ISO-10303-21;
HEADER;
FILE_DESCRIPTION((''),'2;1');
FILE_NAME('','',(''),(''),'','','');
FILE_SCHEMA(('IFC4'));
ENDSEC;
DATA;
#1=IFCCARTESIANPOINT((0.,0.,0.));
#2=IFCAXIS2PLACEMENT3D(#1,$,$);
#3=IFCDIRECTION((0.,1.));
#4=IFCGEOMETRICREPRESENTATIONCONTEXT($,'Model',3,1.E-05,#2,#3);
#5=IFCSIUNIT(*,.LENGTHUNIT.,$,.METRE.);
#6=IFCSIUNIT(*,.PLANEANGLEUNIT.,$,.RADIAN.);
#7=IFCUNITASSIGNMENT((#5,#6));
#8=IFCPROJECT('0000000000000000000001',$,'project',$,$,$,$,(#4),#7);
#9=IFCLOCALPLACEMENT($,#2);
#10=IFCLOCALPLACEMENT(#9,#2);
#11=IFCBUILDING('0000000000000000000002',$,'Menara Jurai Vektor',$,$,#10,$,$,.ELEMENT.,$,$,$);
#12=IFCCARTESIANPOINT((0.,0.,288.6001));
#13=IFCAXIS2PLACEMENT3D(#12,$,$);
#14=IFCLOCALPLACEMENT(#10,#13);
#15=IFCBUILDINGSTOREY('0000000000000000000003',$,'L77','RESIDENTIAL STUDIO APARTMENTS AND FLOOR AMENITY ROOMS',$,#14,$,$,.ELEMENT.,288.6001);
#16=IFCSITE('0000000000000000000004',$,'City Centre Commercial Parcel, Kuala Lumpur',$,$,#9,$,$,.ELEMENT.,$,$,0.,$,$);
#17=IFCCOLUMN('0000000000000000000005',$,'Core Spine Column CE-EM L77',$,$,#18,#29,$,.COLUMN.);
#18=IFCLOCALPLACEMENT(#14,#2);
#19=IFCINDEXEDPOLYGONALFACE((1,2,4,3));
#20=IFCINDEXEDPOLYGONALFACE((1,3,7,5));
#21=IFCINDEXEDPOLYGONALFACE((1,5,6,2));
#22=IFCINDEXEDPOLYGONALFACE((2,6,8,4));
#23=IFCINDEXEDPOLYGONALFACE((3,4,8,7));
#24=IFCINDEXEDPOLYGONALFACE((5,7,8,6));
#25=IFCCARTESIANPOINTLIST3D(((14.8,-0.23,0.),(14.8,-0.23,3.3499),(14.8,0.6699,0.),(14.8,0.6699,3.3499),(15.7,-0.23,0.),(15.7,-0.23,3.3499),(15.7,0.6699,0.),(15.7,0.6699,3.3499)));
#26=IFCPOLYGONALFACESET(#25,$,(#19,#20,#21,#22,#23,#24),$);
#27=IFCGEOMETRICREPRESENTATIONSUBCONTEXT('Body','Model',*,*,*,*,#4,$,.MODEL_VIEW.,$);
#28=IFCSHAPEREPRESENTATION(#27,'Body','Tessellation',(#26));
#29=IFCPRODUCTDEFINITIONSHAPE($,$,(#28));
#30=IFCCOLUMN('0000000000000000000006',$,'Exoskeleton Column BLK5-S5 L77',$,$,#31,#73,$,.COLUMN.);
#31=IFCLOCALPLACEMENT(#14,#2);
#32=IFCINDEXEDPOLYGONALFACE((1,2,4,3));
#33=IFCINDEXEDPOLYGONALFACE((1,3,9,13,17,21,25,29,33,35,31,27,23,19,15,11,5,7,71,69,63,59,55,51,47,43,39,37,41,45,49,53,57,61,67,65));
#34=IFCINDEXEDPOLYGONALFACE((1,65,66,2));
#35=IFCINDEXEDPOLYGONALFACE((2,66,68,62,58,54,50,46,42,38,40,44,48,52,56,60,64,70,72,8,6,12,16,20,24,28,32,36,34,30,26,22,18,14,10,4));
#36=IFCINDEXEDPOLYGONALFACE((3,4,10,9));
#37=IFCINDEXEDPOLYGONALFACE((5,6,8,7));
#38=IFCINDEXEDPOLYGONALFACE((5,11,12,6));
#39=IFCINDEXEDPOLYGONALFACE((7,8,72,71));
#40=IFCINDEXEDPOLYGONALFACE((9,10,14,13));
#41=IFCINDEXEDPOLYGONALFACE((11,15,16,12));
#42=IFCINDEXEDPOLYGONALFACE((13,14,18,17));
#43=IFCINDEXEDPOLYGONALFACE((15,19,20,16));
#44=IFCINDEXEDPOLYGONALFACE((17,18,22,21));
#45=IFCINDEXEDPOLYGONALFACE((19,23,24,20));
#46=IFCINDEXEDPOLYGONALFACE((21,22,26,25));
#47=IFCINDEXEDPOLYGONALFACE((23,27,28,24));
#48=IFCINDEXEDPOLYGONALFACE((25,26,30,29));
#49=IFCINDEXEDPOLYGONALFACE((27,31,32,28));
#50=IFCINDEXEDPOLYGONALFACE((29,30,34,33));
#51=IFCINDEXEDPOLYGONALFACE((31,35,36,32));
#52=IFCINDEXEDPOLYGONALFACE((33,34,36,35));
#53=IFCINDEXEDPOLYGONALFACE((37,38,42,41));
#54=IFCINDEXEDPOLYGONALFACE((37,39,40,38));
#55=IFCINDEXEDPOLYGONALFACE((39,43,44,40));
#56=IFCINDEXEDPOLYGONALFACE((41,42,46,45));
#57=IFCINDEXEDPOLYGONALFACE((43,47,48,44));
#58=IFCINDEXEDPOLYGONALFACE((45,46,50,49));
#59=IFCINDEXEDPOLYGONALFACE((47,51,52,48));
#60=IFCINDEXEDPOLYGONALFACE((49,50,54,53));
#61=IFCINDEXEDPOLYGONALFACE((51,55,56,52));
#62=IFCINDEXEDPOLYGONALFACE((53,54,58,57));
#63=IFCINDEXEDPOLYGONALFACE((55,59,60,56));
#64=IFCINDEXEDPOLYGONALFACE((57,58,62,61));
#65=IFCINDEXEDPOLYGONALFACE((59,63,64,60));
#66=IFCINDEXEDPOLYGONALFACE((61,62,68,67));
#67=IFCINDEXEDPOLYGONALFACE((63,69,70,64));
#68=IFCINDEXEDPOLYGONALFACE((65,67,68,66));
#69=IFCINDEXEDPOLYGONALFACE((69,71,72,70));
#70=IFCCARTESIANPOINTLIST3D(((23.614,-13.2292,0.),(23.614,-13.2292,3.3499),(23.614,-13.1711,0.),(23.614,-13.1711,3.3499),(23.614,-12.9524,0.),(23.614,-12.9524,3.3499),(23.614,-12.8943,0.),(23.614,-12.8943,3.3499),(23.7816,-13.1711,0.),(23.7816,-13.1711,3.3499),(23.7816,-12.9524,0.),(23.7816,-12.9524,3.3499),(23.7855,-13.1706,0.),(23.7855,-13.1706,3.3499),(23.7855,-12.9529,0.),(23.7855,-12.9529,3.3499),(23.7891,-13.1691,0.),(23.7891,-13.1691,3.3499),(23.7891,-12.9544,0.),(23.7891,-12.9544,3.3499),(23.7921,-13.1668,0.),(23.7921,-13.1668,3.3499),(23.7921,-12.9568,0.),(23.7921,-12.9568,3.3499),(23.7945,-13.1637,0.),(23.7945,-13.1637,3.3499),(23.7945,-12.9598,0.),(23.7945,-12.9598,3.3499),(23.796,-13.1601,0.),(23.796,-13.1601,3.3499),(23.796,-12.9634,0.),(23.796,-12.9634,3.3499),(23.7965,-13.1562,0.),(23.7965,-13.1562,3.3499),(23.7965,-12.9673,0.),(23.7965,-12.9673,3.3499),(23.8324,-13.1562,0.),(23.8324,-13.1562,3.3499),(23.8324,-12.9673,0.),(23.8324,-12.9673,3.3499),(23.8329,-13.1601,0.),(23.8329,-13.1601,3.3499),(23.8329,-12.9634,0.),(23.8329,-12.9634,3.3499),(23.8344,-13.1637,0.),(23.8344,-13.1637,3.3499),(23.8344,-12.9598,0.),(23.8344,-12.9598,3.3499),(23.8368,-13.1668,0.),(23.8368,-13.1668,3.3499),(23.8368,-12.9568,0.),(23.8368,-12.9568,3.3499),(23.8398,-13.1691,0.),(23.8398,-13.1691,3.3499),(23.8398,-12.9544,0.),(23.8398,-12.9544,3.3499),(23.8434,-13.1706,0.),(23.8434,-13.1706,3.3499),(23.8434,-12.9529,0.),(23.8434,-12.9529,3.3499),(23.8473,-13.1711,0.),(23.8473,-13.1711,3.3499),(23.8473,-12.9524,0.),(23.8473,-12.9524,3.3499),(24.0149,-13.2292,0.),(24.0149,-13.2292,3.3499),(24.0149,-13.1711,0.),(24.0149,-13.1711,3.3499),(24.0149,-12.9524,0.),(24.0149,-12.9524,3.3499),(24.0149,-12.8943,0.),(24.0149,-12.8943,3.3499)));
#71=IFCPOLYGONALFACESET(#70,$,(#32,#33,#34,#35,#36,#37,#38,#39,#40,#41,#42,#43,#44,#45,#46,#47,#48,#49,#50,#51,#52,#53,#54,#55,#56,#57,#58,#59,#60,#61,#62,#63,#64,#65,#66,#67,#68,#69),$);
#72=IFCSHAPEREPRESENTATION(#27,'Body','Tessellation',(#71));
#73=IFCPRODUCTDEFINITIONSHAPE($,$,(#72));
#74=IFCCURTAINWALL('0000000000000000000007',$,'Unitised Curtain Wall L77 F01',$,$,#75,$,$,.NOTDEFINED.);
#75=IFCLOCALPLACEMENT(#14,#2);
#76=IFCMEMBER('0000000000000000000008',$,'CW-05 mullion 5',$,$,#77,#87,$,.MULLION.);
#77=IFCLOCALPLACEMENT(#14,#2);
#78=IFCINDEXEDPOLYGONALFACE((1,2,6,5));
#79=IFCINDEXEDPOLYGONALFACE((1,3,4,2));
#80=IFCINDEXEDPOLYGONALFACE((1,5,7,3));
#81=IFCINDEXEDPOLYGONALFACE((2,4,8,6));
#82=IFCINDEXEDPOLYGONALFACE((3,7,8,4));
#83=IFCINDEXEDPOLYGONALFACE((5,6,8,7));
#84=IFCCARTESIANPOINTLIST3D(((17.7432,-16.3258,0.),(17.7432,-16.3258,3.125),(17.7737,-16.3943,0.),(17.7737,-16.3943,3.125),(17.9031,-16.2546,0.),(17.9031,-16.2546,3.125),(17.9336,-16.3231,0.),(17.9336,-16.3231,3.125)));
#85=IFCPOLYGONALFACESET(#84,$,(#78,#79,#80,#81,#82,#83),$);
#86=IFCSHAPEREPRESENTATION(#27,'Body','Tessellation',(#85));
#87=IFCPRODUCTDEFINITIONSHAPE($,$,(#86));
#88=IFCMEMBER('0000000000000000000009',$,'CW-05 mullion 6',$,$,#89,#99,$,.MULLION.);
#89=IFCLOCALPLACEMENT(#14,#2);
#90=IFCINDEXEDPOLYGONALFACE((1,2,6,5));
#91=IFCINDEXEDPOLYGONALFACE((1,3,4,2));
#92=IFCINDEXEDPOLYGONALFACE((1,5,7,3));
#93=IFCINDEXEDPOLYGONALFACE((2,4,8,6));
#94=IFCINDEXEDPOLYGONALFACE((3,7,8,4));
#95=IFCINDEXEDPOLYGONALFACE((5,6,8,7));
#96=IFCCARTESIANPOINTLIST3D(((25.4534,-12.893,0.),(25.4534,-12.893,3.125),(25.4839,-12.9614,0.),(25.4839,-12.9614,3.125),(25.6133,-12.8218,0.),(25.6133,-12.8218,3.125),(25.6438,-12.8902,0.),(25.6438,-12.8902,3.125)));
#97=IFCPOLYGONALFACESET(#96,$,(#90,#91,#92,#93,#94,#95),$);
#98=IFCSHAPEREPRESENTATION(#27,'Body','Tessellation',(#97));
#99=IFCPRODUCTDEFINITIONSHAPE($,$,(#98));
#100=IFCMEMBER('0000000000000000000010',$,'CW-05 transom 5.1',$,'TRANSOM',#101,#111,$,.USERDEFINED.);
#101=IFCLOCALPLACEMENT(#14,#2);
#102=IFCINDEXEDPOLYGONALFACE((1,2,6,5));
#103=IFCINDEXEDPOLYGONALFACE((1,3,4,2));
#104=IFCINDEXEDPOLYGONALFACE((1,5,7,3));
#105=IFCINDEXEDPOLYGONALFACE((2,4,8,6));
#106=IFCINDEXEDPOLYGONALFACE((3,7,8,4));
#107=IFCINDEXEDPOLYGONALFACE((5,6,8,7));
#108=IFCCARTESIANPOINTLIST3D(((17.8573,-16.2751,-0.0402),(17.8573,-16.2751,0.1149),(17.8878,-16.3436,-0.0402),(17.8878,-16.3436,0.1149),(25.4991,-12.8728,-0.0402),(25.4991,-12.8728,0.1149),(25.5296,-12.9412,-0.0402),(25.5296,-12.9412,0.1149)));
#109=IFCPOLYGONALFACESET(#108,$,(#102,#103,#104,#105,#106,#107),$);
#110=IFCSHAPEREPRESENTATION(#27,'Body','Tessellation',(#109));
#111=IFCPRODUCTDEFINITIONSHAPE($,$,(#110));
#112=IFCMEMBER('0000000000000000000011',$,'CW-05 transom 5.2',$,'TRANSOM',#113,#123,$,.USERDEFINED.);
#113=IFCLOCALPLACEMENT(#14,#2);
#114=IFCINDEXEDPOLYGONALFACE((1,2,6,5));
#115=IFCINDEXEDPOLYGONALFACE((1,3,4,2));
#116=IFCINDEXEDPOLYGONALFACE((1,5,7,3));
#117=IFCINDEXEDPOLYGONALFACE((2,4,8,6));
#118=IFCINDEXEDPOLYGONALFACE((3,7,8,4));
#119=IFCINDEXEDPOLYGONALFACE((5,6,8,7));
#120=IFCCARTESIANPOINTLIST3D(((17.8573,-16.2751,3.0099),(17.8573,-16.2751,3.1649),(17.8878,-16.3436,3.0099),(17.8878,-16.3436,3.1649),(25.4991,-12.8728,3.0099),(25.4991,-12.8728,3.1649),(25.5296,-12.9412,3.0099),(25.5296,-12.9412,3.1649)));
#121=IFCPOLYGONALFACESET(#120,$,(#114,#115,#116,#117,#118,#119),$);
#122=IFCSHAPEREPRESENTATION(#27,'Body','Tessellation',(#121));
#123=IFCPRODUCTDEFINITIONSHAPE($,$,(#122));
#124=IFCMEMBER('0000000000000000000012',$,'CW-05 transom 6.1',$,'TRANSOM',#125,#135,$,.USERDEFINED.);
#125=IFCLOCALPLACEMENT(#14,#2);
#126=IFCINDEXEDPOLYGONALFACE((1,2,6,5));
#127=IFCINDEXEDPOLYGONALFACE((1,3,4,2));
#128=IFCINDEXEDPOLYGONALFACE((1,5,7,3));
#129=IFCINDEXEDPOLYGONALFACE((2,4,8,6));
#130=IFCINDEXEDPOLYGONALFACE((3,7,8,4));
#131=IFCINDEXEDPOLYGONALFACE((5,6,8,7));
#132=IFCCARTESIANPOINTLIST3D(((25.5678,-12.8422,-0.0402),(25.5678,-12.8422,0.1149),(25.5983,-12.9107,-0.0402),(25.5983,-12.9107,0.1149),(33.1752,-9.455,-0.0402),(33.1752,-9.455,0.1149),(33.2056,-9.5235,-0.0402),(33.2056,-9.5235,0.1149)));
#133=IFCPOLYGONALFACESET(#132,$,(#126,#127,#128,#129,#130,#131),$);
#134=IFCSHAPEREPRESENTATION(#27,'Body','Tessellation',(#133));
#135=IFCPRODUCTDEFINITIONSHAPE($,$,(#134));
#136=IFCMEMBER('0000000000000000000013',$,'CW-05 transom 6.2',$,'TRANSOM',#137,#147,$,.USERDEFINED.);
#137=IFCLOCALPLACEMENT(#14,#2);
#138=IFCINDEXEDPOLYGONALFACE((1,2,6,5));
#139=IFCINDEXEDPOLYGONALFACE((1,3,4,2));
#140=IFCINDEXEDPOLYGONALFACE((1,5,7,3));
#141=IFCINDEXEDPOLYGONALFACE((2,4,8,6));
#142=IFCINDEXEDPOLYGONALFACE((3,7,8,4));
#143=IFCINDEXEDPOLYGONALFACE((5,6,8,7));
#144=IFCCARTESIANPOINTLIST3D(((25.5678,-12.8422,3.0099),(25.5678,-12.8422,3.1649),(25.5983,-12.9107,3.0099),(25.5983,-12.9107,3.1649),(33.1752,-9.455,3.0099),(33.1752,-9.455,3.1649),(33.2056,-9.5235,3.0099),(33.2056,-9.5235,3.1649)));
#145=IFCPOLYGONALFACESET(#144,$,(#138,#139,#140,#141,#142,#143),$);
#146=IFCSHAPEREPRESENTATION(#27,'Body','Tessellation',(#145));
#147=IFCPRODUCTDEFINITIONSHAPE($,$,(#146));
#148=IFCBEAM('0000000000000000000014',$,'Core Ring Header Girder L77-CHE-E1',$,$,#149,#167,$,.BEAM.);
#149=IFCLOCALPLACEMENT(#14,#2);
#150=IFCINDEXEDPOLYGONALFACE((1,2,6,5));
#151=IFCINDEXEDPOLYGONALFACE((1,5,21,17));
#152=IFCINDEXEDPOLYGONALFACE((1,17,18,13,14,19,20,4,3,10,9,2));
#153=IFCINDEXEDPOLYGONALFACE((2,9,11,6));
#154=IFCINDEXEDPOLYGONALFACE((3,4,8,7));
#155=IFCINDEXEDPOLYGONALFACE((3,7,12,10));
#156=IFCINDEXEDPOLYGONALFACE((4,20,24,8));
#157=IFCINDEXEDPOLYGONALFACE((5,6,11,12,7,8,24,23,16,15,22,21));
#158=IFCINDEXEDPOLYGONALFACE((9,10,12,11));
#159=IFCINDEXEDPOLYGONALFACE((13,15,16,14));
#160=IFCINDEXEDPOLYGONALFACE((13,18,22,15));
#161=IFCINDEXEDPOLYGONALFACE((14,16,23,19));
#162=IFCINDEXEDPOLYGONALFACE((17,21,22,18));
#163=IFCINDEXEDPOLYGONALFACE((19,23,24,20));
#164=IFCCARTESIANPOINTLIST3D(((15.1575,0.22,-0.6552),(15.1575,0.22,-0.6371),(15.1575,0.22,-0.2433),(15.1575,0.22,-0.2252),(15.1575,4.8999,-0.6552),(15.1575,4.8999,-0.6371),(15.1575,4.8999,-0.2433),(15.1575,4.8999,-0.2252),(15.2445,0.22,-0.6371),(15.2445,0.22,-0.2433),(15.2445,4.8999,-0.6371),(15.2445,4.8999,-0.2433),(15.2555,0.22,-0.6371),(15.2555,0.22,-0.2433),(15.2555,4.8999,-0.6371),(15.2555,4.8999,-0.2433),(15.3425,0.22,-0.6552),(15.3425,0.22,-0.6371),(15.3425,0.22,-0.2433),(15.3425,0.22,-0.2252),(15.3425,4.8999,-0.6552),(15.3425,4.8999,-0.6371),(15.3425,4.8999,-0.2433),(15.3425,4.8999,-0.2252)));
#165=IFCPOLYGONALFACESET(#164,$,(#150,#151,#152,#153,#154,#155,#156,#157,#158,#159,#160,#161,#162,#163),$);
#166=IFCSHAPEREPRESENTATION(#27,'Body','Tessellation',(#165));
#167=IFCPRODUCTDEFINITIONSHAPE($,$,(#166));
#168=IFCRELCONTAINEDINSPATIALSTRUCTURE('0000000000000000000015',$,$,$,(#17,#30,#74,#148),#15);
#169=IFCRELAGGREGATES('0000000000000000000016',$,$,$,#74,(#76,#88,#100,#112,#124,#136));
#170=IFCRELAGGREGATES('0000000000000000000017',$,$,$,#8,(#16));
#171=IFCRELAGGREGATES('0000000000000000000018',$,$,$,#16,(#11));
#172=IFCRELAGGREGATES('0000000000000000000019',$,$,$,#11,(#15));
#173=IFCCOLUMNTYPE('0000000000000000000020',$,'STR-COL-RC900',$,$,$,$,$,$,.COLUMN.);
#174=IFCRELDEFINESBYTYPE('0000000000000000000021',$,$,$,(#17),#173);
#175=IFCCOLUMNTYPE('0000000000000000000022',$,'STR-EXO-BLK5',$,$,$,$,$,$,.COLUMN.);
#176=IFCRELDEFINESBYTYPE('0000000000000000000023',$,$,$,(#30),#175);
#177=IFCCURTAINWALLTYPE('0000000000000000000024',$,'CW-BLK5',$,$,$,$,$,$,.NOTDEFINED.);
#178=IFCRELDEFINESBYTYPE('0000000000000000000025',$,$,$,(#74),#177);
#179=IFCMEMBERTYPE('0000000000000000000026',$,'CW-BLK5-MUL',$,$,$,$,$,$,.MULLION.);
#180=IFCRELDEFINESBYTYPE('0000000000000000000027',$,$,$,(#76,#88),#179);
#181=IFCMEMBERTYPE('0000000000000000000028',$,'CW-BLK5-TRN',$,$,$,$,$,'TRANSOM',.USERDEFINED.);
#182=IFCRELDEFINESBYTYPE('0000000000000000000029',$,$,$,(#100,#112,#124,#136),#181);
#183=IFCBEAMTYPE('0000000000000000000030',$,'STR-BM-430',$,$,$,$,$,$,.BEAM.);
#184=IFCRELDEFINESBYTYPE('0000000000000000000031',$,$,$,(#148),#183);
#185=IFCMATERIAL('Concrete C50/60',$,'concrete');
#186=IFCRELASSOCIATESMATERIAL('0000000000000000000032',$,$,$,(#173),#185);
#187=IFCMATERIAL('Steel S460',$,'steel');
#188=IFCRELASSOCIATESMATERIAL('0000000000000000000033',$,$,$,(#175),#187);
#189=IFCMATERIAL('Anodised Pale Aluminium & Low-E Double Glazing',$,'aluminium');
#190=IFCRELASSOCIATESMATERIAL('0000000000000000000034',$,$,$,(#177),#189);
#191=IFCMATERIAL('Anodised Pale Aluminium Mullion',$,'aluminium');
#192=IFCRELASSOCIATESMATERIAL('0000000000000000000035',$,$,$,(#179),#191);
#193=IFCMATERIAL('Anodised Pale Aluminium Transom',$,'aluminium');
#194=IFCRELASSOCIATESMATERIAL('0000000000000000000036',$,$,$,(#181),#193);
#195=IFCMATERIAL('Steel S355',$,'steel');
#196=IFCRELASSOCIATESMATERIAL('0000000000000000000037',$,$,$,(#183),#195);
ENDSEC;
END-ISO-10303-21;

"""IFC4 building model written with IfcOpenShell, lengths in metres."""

from ifc_helpers import new_model, si_unit, direction, frame, origin, origin_2d, place, context, subcontext, project, spatial, rectangle, i_section, extrude, material, material_profile, profile_set, type_object, element, aggregate, save


model = new_model("IFC4")

# Units and contexts
model_context = context("Model", 3, precision=1e-05, world=origin(), true_north=direction((0.0, 1.0)))
body_context = subcontext(model_context, "Body", "Model", "MODEL_VIEW")
ifc_project = project(units=[si_unit("LENGTHUNIT", "METRE"), si_unit("PLANEANGLEUNIT", "RADIAN")], contexts=[model_context])

# Site, building, storey
site_placement = place(None, origin())
site = spatial("IfcSite", under=ifc_project, at=site_placement, Name="City Centre Commercial Parcel, Kuala Lumpur", CompositionType="ELEMENT", RefElevation=0.0)
building_placement = place(site_placement, origin())
building = spatial("IfcBuilding", under=site, at=building_placement, Name="Menara Jurai Vektor", CompositionType="ELEMENT")
storey_placement = place(building_placement, frame((0.0, 0.0, 288.6001)))
storey = spatial("IfcBuildingStorey", under=building, at=storey_placement, Name="L77", Description="RESIDENTIAL STUDIO APARTMENTS AND FLOOR AMENITY ROOMS", CompositionType="ELEMENT", Elevation=288.6001)

# Columns
ifc_material_1 = material(Name="Concrete C50/60", Category="concrete")
ifc_material_profile_1 = material_profile(ifc_material_1, rectangle(XDim=0.8999, YDim=0.8999, at=origin_2d()), Name="RC 900x900")
ifc_profile_set_1 = profile_set([ifc_material_profile_1], Name="Concrete C50/60")
column_type_1 = type_object("IfcColumnType", Name="STR-COL-RC900", PredefinedType="COLUMN", material=ifc_profile_set_1)
column_1_placement = place(storey_placement, frame((15.25, 0.22, 0.0), z_axis=(0.0, 0.0, 1.0), x_axis=(1.0, 0.0, 0.0)))
element("IfcColumn", 1, at=column_1_placement, inside=storey, type_object=column_type_1, Name="Core Spine Column CE-EM L77", PredefinedType="COLUMN", context=body_context, shape_type="SweptSolid", body=[
    extrude(rectangle(XDim=0.8999, YDim=0.8999, at=origin_2d()), origin(), (0.0, 0.0, 1.0), 3.3499),
])
ifc_material_2 = material(Name="Steel S460", Category="steel")
ifc_material_profile_2 = material_profile(ifc_material_2, i_section(OverallWidth=0.4009, OverallDepth=0.335, WebThickness=0.0359, FlangeThickness=0.0581, FilletRadius=0.0149, at=origin_2d()), Name="HD 400x463")
ifc_profile_set_2 = profile_set([ifc_material_profile_2], Name="Steel S460")
column_type_2 = type_object("IfcColumnType", Name="STR-EXO-BLK5", PredefinedType="COLUMN", material=ifc_profile_set_2)
column_2_placement = place(storey_placement, frame((23.8145, -13.0618, 0.0), z_axis=(0.0, 0.0, 1.0), x_axis=(1.0, 0.0, 0.0)))
element("IfcColumn", 2, at=column_2_placement, inside=storey, type_object=column_type_2, Name="Exoskeleton Column BLK5-S5 L77", PredefinedType="COLUMN", context=body_context, shape_type="SweptSolid", body=[
    extrude(i_section(OverallWidth=0.4009, OverallDepth=0.335, WebThickness=0.0359, FlangeThickness=0.0581, FilletRadius=0.0149, at=origin_2d()), origin(), (0.0, 0.0, 1.0), 3.3499),
])

# Curtain wall, members
ifc_material_3 = material(Name="Anodised Pale Aluminium & Low-E Double Glazing", Category="aluminium")
curtain_wall_type = type_object("IfcCurtainWallType", Name="CW-BLK5", PredefinedType="NOTDEFINED", material=ifc_material_3)
curtain_wall_placement = place(storey_placement, origin())
curtain_wall = element("IfcCurtainWall", 3, at=curtain_wall_placement, inside=storey, type_object=curtain_wall_type, Name="Unitised Curtain Wall L77 F01", PredefinedType="NOTDEFINED")
ifc_material_4 = material(Name="Anodised Pale Aluminium Mullion", Category="aluminium")
ifc_material_profile_3 = material_profile(ifc_material_4, rectangle(XDim=0.075, YDim=0.175, at=origin_2d()), Name="ALU MUL 75x175")
ifc_profile_set_3 = profile_set([ifc_material_profile_3], Name="Anodised Pale Aluminium Mullion")
member_type_1 = type_object("IfcMemberType", Name="CW-BLK5-MUL", PredefinedType="MULLION", material=ifc_profile_set_3)
member_1_placement = place(storey_placement, frame((17.8384, -16.3245, 0.0), z_axis=(0.0, 0.0, 1.0), x_axis=(-0.406735, 0.913546, 0.0)))
member_1 = element("IfcMember", 4, at=member_1_placement, type_object=member_type_1, Name="CW-05 mullion 5", PredefinedType="MULLION", context=body_context, shape_type="SweptSolid", body=[
    extrude(rectangle(XDim=0.075, YDim=0.175, at=origin_2d()), origin(), (0.0, 0.0, 1.0), 3.125),
])
member_2_placement = place(storey_placement, frame((25.5486, -12.8916, 0.0), z_axis=(0.0, 0.0, 1.0), x_axis=(-0.406735, 0.913546, 0.0)))
member_2 = element("IfcMember", 5, at=member_2_placement, type_object=member_type_1, Name="CW-05 mullion 6", PredefinedType="MULLION", context=body_context, shape_type="SweptSolid", body=[
    extrude(rectangle(XDim=0.075, YDim=0.175, at=origin_2d()), origin(), (0.0, 0.0, 1.0), 3.125),
])
ifc_material_5 = material(Name="Anodised Pale Aluminium Transom", Category="aluminium")
ifc_material_profile_4 = material_profile(ifc_material_5, rectangle(XDim=0.075, YDim=0.155, at=origin_2d()), Name="ALU TRN 75x155")
ifc_profile_set_4 = profile_set([ifc_material_profile_4], Name="Anodised Pale Aluminium Transom")
member_type_2 = type_object("IfcMemberType", Name="CW-BLK5-TRN", ElementType="TRANSOM", PredefinedType="USERDEFINED", material=ifc_profile_set_4)
member_3_placement = place(storey_placement, frame((17.8726, -16.3093, 0.0374), z_axis=(0.913547, 0.406734, 0.0), x_axis=(-0.406734, 0.913547, 0.0)))
member_3 = element("IfcMember", 6, at=member_3_placement, type_object=member_type_2, Name="CW-05 transom 5.1", ObjectType="TRANSOM", PredefinedType="USERDEFINED", context=body_context, shape_type="SweptSolid", body=[
    extrude(rectangle(XDim=0.075, YDim=0.155, at=origin_2d()), origin(), (0.0, 0.0, 1.0), 8.365),
])
member_4_placement = place(storey_placement, frame((17.8726, -16.3093, 3.0874), z_axis=(0.913547, 0.406734, 0.0), x_axis=(-0.406734, 0.913547, 0.0)))
member_4 = element("IfcMember", 7, at=member_4_placement, type_object=member_type_2, Name="CW-05 transom 5.2", ObjectType="TRANSOM", PredefinedType="USERDEFINED", context=body_context, shape_type="SweptSolid", body=[
    extrude(rectangle(XDim=0.075, YDim=0.155, at=origin_2d()), origin(), (0.0, 0.0, 1.0), 8.365),
])
member_5_placement = place(storey_placement, frame((25.583, -12.8765, 0.0374), z_axis=(0.913538, 0.406753, 0.0), x_axis=(-0.406753, 0.913538, 0.0)))
member_5 = element("IfcMember", 8, at=member_5_placement, type_object=member_type_2, Name="CW-05 transom 6.1", ObjectType="TRANSOM", PredefinedType="USERDEFINED", context=body_context, shape_type="SweptSolid", body=[
    extrude(rectangle(XDim=0.075, YDim=0.155, at=origin_2d()), origin(), (0.0, 0.0, 1.0), 8.3274),
])
member_6_placement = place(storey_placement, frame((25.583, -12.8765, 3.0874), z_axis=(0.913538, 0.406753, 0.0), x_axis=(-0.406753, 0.913538, 0.0)))
member_6 = element("IfcMember", 9, at=member_6_placement, type_object=member_type_2, Name="CW-05 transom 6.2", ObjectType="TRANSOM", PredefinedType="USERDEFINED", context=body_context, shape_type="SweptSolid", body=[
    extrude(rectangle(XDim=0.075, YDim=0.155, at=origin_2d()), origin(), (0.0, 0.0, 1.0), 8.3274),
])

# Beam
ifc_material_6 = material(Name="Steel S355", Category="steel")
ifc_material_profile_5 = material_profile(ifc_material_6, i_section(OverallWidth=0.1851, OverallDepth=0.4299, WebThickness=0.011, FlangeThickness=0.0181, at=origin_2d()), Name="PG 430x185x76")
ifc_profile_set_5 = profile_set([ifc_material_profile_5], Name="Steel S355")
beam_type_1 = type_object("IfcBeamType", Name="STR-BM-430", PredefinedType="BEAM", material=ifc_profile_set_5)
beam_1_placement = place(storey_placement, frame((15.25, 0.22, -0.4402), z_axis=(0.0, 1.0, 0.0), x_axis=(-1.0, 0.0, 0.0)))
element("IfcBeam", 10, at=beam_1_placement, inside=storey, type_object=beam_type_1, Name="Core Ring Header Girder L77-CHE-E1", PredefinedType="BEAM", context=body_context, shape_type="SweptSolid", body=[
    extrude(i_section(OverallWidth=0.1851, OverallDepth=0.4299, WebThickness=0.011, FlangeThickness=0.0181, at=origin_2d()), origin(), (0.0, 0.0, 1.0), 4.6799),
])

aggregate(curtain_wall, [member_1, member_2, member_3, member_4, member_5, member_6])

save(model, "model.ifc")
